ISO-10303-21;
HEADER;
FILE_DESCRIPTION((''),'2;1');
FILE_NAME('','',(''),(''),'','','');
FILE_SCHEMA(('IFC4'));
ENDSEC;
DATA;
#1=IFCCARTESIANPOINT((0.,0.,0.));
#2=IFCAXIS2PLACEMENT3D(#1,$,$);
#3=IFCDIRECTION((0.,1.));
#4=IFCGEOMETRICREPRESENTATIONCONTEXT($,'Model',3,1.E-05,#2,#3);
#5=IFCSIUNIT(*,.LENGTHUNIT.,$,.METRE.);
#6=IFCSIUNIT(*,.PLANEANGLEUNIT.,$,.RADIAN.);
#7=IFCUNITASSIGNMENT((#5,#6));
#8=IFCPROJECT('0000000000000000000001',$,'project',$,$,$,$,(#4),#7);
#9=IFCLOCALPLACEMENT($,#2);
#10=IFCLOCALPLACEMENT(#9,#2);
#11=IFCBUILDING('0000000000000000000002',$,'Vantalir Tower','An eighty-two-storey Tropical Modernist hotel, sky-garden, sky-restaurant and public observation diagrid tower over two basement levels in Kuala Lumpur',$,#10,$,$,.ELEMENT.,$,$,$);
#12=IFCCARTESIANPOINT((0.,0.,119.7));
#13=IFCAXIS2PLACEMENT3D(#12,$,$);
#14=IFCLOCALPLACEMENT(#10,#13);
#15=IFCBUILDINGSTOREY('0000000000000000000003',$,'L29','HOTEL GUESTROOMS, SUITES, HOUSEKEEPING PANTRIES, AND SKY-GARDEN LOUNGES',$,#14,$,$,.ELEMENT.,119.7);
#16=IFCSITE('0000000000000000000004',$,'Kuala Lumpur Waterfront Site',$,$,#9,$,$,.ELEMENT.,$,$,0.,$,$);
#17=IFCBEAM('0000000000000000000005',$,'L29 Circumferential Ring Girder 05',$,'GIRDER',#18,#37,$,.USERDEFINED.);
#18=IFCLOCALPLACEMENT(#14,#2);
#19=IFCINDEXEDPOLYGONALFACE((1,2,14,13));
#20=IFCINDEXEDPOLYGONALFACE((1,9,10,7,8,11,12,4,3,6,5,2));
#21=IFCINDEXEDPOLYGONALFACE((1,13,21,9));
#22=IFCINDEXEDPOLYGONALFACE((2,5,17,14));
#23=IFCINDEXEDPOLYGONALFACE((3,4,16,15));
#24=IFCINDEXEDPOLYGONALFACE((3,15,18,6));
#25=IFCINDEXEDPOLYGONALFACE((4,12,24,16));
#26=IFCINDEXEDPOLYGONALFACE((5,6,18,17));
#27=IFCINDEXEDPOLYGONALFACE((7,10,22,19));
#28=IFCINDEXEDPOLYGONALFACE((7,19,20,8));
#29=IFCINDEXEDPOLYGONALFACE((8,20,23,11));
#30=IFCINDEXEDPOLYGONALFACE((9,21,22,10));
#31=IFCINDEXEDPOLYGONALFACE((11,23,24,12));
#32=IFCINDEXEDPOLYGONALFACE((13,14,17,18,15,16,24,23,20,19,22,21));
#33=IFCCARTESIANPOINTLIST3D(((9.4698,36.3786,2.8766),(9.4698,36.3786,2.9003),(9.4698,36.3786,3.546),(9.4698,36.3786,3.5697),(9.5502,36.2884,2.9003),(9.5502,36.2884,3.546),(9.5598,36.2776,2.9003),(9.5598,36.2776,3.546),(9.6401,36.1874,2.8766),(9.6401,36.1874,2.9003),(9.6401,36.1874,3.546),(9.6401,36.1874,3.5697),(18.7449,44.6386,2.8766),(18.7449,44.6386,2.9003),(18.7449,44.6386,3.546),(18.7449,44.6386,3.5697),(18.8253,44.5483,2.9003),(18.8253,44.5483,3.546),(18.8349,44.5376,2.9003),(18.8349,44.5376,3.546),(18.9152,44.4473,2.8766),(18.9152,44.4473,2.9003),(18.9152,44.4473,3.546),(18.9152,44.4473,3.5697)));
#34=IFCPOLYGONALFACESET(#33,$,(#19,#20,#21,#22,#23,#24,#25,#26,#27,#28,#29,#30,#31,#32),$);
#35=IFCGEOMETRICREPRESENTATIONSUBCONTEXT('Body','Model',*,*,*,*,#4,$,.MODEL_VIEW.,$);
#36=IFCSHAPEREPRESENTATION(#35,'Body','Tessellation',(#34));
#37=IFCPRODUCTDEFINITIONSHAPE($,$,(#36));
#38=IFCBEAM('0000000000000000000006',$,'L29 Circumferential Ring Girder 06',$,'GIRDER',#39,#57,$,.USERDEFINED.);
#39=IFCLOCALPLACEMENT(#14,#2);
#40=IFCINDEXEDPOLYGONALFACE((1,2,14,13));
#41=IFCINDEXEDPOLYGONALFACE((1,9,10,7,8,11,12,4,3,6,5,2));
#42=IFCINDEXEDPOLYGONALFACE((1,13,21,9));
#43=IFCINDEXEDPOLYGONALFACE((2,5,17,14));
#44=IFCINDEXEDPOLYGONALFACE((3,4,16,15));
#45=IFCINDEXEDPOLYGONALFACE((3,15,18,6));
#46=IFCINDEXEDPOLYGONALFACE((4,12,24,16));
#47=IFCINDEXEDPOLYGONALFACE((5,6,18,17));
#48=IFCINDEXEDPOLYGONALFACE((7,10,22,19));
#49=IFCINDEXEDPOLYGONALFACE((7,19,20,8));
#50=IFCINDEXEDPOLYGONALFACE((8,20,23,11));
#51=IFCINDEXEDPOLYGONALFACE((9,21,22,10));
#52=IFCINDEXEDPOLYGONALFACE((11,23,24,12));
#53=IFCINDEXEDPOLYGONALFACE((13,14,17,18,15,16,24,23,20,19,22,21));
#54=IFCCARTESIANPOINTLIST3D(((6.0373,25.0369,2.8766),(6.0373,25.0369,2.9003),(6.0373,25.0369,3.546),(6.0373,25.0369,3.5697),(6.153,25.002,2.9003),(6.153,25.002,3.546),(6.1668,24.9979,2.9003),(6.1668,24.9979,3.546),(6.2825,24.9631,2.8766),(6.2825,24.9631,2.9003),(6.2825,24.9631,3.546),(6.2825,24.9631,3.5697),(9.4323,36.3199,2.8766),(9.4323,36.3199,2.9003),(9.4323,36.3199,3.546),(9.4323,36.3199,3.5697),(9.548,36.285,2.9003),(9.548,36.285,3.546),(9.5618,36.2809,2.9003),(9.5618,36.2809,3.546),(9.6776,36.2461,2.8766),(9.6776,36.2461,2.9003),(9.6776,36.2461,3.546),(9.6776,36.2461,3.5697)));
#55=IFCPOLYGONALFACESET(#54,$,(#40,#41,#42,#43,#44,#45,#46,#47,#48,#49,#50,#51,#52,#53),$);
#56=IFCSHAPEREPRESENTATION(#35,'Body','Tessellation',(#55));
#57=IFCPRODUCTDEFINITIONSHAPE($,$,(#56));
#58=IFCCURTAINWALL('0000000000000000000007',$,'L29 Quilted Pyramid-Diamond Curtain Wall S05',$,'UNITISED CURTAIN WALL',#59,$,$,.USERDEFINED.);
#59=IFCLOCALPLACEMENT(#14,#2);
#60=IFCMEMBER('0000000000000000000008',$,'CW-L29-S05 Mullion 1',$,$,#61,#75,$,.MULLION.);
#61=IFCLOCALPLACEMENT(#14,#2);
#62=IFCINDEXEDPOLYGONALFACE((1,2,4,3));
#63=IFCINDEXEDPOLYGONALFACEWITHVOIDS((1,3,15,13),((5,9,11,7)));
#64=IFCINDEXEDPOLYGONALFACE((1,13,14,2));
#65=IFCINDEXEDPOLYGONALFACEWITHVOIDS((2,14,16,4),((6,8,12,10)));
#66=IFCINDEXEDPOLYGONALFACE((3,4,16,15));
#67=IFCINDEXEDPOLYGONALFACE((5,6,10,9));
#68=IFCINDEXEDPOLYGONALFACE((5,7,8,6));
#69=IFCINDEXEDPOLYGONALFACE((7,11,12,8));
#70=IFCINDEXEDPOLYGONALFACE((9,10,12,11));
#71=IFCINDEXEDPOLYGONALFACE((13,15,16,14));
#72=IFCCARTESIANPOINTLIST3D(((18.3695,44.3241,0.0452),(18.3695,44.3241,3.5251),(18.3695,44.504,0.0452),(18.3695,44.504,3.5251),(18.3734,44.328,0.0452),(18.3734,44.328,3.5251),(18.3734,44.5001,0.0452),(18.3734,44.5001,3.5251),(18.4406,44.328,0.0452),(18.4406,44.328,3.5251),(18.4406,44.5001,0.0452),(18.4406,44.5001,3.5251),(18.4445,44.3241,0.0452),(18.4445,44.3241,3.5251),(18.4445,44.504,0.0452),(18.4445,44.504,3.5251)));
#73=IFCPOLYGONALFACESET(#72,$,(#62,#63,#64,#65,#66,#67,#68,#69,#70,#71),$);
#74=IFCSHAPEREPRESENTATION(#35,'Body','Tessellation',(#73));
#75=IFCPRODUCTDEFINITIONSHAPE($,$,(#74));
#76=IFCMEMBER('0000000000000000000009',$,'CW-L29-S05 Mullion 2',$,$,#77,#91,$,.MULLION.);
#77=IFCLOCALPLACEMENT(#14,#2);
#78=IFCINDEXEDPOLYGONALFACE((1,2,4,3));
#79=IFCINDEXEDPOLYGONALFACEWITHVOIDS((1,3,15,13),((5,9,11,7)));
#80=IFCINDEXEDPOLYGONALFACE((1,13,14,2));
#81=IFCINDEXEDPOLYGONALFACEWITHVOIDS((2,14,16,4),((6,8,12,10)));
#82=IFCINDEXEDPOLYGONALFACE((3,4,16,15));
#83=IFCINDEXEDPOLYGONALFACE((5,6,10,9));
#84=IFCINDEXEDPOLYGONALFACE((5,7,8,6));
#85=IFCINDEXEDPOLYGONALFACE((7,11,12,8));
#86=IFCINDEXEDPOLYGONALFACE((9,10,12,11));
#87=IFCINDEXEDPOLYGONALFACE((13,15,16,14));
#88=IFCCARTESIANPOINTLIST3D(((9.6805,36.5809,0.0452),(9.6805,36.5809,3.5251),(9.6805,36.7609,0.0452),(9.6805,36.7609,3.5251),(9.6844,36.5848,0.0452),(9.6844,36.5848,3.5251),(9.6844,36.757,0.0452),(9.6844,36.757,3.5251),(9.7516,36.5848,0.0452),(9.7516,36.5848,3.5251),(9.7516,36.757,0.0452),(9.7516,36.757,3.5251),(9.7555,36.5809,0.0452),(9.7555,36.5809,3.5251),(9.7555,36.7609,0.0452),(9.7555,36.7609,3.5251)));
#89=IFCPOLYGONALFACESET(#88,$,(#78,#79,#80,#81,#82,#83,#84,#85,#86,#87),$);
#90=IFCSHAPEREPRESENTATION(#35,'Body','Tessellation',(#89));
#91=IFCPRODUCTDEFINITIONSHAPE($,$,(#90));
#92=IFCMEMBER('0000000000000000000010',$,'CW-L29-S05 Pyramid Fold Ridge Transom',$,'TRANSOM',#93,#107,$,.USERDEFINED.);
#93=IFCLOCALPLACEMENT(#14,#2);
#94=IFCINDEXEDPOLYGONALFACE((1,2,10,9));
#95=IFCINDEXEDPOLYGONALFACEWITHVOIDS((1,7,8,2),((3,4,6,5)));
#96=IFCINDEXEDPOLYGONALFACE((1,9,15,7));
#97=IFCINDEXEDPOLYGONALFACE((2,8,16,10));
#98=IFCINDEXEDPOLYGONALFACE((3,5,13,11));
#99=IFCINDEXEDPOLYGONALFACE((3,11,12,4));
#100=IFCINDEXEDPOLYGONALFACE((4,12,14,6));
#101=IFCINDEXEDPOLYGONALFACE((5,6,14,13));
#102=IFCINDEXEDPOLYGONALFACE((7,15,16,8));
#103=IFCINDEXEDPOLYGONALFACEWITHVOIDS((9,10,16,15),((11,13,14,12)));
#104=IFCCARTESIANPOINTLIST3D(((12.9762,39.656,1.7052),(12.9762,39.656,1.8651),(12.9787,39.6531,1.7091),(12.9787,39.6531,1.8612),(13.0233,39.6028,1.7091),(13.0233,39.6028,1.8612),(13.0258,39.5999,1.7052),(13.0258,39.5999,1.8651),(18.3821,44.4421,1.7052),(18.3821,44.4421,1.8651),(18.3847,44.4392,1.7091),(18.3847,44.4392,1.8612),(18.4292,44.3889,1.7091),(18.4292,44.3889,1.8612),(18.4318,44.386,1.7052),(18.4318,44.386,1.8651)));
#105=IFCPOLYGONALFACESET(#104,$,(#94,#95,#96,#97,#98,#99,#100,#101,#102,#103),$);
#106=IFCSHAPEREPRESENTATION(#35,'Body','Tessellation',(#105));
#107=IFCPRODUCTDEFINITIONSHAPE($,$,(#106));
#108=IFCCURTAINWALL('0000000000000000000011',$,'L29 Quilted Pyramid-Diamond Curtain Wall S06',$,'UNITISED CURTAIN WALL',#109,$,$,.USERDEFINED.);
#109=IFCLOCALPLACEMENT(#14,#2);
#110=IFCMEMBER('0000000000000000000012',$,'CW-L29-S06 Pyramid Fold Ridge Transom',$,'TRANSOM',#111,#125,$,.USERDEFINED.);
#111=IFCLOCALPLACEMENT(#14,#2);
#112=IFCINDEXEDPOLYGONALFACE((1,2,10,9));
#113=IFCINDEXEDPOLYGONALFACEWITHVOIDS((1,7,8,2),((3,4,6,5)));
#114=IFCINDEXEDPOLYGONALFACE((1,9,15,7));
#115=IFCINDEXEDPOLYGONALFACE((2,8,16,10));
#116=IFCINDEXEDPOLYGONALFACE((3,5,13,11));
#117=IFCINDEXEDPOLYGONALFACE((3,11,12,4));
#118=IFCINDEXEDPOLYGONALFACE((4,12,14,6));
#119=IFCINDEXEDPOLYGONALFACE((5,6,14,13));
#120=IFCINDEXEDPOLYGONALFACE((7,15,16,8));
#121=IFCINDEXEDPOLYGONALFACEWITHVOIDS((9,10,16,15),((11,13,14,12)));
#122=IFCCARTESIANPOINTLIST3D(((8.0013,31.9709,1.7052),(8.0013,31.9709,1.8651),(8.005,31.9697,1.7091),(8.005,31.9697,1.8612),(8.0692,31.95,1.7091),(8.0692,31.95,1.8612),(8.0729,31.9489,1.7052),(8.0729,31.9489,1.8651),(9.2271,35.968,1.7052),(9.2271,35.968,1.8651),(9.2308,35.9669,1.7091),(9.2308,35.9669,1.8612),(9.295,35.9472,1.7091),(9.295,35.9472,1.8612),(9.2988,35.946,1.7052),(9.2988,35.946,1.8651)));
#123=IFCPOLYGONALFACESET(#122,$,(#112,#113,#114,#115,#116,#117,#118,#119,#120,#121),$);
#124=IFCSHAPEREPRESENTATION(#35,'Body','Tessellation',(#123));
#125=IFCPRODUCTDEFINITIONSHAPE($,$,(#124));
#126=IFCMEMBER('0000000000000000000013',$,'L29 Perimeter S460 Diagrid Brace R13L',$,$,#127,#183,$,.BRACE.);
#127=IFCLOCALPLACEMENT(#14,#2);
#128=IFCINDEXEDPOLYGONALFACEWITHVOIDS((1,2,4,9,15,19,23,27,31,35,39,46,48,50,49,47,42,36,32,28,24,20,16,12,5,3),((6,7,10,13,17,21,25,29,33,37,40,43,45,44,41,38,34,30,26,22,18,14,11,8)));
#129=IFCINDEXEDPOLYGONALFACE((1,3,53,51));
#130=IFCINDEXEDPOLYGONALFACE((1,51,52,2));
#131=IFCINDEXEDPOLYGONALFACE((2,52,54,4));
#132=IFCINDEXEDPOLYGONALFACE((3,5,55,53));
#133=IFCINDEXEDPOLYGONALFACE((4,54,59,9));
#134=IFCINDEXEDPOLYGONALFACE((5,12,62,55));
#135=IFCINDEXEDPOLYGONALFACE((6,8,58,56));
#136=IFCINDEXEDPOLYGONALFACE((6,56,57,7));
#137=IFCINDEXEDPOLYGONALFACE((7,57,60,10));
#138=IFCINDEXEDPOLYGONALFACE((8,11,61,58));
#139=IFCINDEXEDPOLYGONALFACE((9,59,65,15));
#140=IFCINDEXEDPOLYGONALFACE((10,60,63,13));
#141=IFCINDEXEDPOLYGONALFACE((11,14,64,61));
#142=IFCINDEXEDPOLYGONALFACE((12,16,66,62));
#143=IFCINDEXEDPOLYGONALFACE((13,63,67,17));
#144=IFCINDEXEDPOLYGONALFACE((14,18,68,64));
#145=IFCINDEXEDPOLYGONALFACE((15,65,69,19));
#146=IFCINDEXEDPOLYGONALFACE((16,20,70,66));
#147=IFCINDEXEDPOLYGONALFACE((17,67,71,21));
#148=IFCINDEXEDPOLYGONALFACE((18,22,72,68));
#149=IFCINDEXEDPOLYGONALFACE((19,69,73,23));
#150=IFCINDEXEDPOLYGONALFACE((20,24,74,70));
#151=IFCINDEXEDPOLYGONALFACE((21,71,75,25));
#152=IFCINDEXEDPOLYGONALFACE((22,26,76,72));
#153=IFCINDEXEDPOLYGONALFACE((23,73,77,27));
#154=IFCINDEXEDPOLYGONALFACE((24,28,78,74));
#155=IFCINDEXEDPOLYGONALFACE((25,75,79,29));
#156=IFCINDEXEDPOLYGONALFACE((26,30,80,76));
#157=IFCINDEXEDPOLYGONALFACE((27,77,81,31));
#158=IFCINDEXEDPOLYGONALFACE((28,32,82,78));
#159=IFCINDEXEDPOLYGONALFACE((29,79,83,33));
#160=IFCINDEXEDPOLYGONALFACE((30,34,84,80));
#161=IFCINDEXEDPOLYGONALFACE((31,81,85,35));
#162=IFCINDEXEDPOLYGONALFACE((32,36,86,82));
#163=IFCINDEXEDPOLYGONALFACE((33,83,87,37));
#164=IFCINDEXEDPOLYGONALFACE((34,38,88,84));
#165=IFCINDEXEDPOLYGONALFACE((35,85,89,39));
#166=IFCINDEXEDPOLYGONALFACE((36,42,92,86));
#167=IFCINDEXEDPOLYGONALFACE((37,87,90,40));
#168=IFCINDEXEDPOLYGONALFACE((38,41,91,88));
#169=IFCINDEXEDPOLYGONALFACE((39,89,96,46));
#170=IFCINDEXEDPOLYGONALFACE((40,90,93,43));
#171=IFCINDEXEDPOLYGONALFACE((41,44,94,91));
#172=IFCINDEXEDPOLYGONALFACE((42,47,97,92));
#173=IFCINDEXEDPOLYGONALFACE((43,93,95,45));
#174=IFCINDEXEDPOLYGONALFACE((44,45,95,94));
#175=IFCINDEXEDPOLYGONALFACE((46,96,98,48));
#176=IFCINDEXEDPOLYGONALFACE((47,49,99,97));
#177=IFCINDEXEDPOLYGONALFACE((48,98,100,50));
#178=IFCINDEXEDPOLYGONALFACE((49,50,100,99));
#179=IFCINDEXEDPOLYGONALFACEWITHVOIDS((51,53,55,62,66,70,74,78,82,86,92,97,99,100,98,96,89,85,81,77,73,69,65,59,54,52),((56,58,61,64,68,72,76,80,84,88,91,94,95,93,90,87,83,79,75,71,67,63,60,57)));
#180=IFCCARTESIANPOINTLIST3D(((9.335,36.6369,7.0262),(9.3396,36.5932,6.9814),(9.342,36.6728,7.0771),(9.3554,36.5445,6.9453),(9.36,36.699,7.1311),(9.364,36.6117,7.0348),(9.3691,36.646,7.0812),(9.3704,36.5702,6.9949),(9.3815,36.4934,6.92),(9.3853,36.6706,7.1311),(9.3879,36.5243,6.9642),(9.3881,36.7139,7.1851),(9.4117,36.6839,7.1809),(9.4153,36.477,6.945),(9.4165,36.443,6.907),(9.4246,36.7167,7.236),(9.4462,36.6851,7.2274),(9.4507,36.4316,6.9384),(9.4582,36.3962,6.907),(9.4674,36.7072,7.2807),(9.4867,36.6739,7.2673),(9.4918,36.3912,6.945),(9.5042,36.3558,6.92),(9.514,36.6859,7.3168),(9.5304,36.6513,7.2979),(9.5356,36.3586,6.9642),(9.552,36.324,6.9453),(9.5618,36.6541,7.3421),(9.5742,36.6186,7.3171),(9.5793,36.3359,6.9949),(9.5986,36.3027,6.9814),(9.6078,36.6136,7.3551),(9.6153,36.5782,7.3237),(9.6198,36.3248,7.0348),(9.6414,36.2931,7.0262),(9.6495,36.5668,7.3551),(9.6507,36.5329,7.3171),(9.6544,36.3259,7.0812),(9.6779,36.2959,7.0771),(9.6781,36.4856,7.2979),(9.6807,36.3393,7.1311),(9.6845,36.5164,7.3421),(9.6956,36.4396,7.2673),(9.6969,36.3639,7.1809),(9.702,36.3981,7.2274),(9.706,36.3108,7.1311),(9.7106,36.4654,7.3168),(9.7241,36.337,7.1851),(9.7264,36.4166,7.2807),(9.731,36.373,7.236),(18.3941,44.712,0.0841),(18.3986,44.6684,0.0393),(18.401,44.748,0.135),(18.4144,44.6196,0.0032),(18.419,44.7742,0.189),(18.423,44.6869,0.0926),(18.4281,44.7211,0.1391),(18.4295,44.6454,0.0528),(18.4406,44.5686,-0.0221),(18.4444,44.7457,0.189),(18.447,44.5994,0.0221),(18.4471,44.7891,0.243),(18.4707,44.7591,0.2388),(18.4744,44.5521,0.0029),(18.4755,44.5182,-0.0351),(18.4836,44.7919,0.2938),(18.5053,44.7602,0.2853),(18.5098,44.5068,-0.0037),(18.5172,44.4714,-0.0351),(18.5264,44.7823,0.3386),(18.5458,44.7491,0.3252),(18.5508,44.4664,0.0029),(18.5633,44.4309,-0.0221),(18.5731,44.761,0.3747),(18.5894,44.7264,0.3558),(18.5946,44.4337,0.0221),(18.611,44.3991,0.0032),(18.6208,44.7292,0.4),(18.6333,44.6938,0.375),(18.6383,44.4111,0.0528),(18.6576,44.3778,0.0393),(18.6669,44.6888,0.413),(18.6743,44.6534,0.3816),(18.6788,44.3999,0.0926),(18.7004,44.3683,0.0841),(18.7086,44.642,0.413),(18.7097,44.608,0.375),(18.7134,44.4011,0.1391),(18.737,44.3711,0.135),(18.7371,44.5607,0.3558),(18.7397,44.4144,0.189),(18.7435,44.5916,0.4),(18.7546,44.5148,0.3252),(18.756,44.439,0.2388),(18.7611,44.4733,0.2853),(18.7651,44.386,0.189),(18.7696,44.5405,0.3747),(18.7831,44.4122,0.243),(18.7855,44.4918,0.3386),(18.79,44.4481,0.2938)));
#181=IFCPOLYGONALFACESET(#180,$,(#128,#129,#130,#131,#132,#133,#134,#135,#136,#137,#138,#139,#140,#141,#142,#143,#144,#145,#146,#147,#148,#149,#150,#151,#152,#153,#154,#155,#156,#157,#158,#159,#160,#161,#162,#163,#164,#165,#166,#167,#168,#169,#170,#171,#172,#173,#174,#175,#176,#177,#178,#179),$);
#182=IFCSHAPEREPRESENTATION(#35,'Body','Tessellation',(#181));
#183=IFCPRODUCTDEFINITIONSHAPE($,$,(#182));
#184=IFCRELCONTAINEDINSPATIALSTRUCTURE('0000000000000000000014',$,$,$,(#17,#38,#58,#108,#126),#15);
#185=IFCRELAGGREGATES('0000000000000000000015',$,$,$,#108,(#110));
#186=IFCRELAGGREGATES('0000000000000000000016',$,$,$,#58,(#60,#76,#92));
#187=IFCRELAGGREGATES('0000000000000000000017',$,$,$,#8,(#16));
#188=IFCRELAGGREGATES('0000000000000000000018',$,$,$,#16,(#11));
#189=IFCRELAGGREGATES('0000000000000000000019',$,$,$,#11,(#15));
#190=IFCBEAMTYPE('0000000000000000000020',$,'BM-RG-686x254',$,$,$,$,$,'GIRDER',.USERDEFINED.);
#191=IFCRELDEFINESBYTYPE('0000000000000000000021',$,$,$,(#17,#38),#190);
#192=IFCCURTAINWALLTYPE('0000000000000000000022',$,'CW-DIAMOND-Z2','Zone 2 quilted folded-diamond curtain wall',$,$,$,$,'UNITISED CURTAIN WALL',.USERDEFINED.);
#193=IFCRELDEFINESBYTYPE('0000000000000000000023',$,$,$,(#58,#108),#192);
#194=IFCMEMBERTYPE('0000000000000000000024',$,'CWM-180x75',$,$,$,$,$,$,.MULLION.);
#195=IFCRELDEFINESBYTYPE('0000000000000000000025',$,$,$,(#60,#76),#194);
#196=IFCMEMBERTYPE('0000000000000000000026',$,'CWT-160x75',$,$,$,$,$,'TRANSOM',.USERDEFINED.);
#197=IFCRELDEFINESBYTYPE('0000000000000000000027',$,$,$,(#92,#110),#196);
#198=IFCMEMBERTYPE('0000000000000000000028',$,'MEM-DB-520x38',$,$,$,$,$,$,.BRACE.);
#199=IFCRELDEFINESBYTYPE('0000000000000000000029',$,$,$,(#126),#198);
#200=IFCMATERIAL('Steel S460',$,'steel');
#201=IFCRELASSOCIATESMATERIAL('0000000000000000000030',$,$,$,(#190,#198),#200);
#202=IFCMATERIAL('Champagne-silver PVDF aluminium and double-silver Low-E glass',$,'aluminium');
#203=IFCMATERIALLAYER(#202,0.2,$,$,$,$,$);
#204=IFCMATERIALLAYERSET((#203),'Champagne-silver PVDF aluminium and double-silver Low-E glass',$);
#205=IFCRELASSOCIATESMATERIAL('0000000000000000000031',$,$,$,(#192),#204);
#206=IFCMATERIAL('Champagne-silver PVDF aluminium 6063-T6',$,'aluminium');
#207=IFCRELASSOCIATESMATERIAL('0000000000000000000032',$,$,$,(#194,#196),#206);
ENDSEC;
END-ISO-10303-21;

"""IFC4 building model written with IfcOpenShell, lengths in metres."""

from ifc_helpers import new_model, si_unit, direction, frame, origin, origin_2d, place, context, subcontext, project, spatial, hollow_rectangle, hollow_circle, i_section, extrude, material, layer, layer_set, material_profile, profile_set, type_object, element, aggregate, save


model = new_model("IFC4")

# Units and contexts
model_context = context("Model", 3, precision=1e-05, world=origin(), true_north=direction((0.0, 1.0)))
body_context = subcontext(model_context, "Body", "Model", "MODEL_VIEW")
ifc_project = project(units=[si_unit("LENGTHUNIT", "METRE"), si_unit("PLANEANGLEUNIT", "RADIAN")], contexts=[model_context])

# Site, building, storey
site_placement = place(None, origin())
site = spatial("IfcSite", under=ifc_project, at=site_placement, Name="Kuala Lumpur Waterfront Site", CompositionType="ELEMENT", RefElevation=0.0)
building_placement = place(site_placement, origin())
building = spatial("IfcBuilding", under=site, at=building_placement, Name="Vantalir Tower", Description="An eighty-two-storey Tropical Modernist hotel, sky-garden, sky-restaurant and public observation diagrid tower over two basement levels in Kuala Lumpur", CompositionType="ELEMENT")
storey_placement = place(building_placement, frame((0.0, 0.0, 119.7)))
storey = spatial("IfcBuildingStorey", under=building, at=storey_placement, Name="L29", Description="HOTEL GUESTROOMS, SUITES, HOUSEKEEPING PANTRIES, AND SKY-GARDEN LOUNGES", CompositionType="ELEMENT", Elevation=119.7)

# Shared definitions
ifc_material_1 = material(Name="Steel S460", Category="steel")

# Beams
ifc_material_profile_1 = material_profile(ifc_material_1, i_section(OverallWidth=0.2561, OverallDepth=0.6931, WebThickness=0.0144, FlangeThickness=0.0237, at=origin_2d()), Name="Steel S460")
ifc_profile_set_1 = profile_set([ifc_material_profile_1], Name="Steel S460")
beam_type_1 = type_object("IfcBeamType", Name="BM-RG-686x254", ElementType="GIRDER", PredefinedType="USERDEFINED", material=ifc_profile_set_1)
beam_1_placement = place(storey_placement, frame((18.8301, 44.543, 3.2231), z_axis=(-0.746792, -0.665058, 0.0), x_axis=(0.665058, -0.746792, 0.0)))
element("IfcBeam", 1, at=beam_1_placement, inside=storey, type_object=beam_type_1, Name="L29 Circumferential Ring Girder 05", ObjectType="GIRDER", PredefinedType="USERDEFINED", context=body_context, shape_type="SweptSolid", body=[
    extrude(i_section(OverallWidth=0.2561, OverallDepth=0.6931, WebThickness=0.0144, FlangeThickness=0.0237, at=origin_2d()), origin(), (0.0, 0.0, 1.0), 12.4199),
])
beam_2_placement = place(storey_placement, frame((9.5549, 36.283, 3.2231), z_axis=(-0.288137, -0.957589, 0.0), x_axis=(0.957589, -0.288137, 0.0)))
element("IfcBeam", 2, at=beam_2_placement, inside=storey, type_object=beam_type_1, Name="L29 Circumferential Ring Girder 06", ObjectType="GIRDER", PredefinedType="USERDEFINED", context=body_context, shape_type="SweptSolid", body=[
    extrude(i_section(OverallWidth=0.2561, OverallDepth=0.6931, WebThickness=0.0144, FlangeThickness=0.0237, at=origin_2d()), origin(), (0.0, 0.0, 1.0), 11.7827),
])

# Curtain wall, members
ifc_material_2 = material(Name="Champagne-silver PVDF aluminium and double-silver Low-E glass", Category="aluminium")
ifc_layer_1 = layer(ifc_material_2, 0.2)
ifc_layer_set_1 = layer_set([ifc_layer_1], Name="Champagne-silver PVDF aluminium and double-silver Low-E glass")
curtain_wall_type = type_object("IfcCurtainWallType", Name="CW-DIAMOND-Z2", Description="Zone 2 quilted folded-diamond curtain wall", ElementType="UNITISED CURTAIN WALL", PredefinedType="USERDEFINED", material=ifc_layer_set_1)
curtain_wall_1_placement = place(storey_placement, origin())
curtain_wall_1 = element("IfcCurtainWall", 3, at=curtain_wall_1_placement, inside=storey, type_object=curtain_wall_type, Name="L29 Quilted Pyramid-Diamond Curtain Wall S05", ObjectType="UNITISED CURTAIN WALL", PredefinedType="USERDEFINED")
ifc_material_3 = material(Name="Champagne-silver PVDF aluminium 6063-T6", Category="aluminium")
ifc_material_profile_2 = material_profile(ifc_material_3, hollow_rectangle(XDim=0.075, YDim=0.1799, WallThickness=0.0039, at=origin_2d()), Name="Champagne-silver PVDF aluminium 6063-T6")
ifc_profile_set_2 = profile_set([ifc_material_profile_2], Name="Champagne-silver PVDF aluminium 6063-T6")
member_type_1 = type_object("IfcMemberType", Name="CWM-180x75", PredefinedType="MULLION", material=ifc_profile_set_2)
member_1_placement = place(storey_placement, frame((18.407, 44.4141, 0.0452), z_axis=(0.0, 0.0, 1.0), x_axis=(1.0, 0.0, 0.0)))
member_1 = element("IfcMember", 4, at=member_1_placement, type_object=member_type_1, Name="CW-L29-S05 Mullion 1", PredefinedType="MULLION", context=body_context, shape_type="SweptSolid", body=[
    extrude(hollow_rectangle(XDim=0.075, YDim=0.1799, WallThickness=0.0039, at=origin_2d()), origin(), (0.0, 0.0, 1.0), 3.48),
])
member_2_placement = place(storey_placement, frame((9.718, 36.6709, 0.0452), z_axis=(0.0, 0.0, 1.0), x_axis=(1.0, 0.0, 0.0)))
member_2 = element("IfcMember", 5, at=member_2_placement, type_object=member_type_1, Name="CW-L29-S05 Mullion 2", PredefinedType="MULLION", context=body_context, shape_type="SweptSolid", body=[
    extrude(hollow_rectangle(XDim=0.075, YDim=0.1799, WallThickness=0.0039, at=origin_2d()), origin(), (0.0, 0.0, 1.0), 3.48),
])
ifc_material_profile_3 = material_profile(ifc_material_3, hollow_rectangle(XDim=0.075, YDim=0.1599, WallThickness=0.0039, at=origin_2d()), Name="Champagne-silver PVDF aluminium 6063-T6")
ifc_profile_set_3 = profile_set([ifc_material_profile_3], Name="Champagne-silver PVDF aluminium 6063-T6")
member_type_2 = type_object("IfcMemberType", Name="CWT-160x75", ElementType="TRANSOM", PredefinedType="USERDEFINED", material=ifc_profile_set_3)
member_3_placement = place(storey_placement, frame((18.407, 44.4141, 1.7852), z_axis=(-0.748729, -0.662877, 0.0), x_axis=(0.662877, -0.748729, 0.0)))
member_3 = element("IfcMember", 6, at=member_3_placement, type_object=member_type_2, Name="CW-L29-S05 Pyramid Fold Ridge Transom", ObjectType="TRANSOM", PredefinedType="USERDEFINED", context=body_context, shape_type="SweptSolid", body=[
    extrude(hollow_rectangle(XDim=0.075, YDim=0.1599, WallThickness=0.0039, at=origin_2d()), origin(), (0.0, 0.0, 1.0), 7.2202),
])

# Curtain wall, member
curtain_wall_2_placement = place(storey_placement, origin())
curtain_wall_2 = element("IfcCurtainWall", 7, at=curtain_wall_2_placement, inside=storey, type_object=curtain_wall_type, Name="L29 Quilted Pyramid-Diamond Curtain Wall S06", ObjectType="UNITISED CURTAIN WALL", PredefinedType="USERDEFINED")
member_4_placement = place(storey_placement, frame((9.2629, 35.957, 1.7852), z_axis=(-0.293203, -0.95605, 0.0), x_axis=(0.95605, -0.293203, 0.0)))
member_4 = element("IfcMember", 8, at=member_4_placement, type_object=member_type_2, Name="CW-L29-S06 Pyramid Fold Ridge Transom", ObjectType="TRANSOM", PredefinedType="USERDEFINED", context=body_context, shape_type="SweptSolid", body=[
    extrude(hollow_rectangle(XDim=0.075, YDim=0.1599, WallThickness=0.0039, at=origin_2d()), origin(), (0.0, 0.0, 1.0), 4.1809),
])
aggregate(curtain_wall_2, [member_4])

# Member
ifc_material_profile_4 = material_profile(ifc_material_1, hollow_circle(Radius=0.26, WallThickness=0.0381, at=origin_2d()), Name="Steel S460")
ifc_profile_set_4 = profile_set([ifc_material_profile_4], Name="Steel S460")
member_type_3 = type_object("IfcMemberType", Name="MEM-DB-520x38", PredefinedType="BRACE", material=ifc_profile_set_4)
member_5_placement = place(storey_placement, frame((18.592, 44.5801, 0.189), z_axis=(-0.647956, -0.577583, 0.49654), x_axis=(0.665407, -0.746481, 0.0)))
element("IfcMember", 9, at=member_5_placement, inside=storey, type_object=member_type_3, Name="L29 Perimeter S460 Diagrid Brace R13L", PredefinedType="BRACE", context=body_context, shape_type="SweptSolid", body=[
    extrude(hollow_circle(Radius=0.26, WallThickness=0.0381, at=origin_2d()), origin(), (0.0, 0.0, 1.0), 13.981),
])

aggregate(curtain_wall_1, [member_1, member_2, member_3])

save(model, "model.ifc")
